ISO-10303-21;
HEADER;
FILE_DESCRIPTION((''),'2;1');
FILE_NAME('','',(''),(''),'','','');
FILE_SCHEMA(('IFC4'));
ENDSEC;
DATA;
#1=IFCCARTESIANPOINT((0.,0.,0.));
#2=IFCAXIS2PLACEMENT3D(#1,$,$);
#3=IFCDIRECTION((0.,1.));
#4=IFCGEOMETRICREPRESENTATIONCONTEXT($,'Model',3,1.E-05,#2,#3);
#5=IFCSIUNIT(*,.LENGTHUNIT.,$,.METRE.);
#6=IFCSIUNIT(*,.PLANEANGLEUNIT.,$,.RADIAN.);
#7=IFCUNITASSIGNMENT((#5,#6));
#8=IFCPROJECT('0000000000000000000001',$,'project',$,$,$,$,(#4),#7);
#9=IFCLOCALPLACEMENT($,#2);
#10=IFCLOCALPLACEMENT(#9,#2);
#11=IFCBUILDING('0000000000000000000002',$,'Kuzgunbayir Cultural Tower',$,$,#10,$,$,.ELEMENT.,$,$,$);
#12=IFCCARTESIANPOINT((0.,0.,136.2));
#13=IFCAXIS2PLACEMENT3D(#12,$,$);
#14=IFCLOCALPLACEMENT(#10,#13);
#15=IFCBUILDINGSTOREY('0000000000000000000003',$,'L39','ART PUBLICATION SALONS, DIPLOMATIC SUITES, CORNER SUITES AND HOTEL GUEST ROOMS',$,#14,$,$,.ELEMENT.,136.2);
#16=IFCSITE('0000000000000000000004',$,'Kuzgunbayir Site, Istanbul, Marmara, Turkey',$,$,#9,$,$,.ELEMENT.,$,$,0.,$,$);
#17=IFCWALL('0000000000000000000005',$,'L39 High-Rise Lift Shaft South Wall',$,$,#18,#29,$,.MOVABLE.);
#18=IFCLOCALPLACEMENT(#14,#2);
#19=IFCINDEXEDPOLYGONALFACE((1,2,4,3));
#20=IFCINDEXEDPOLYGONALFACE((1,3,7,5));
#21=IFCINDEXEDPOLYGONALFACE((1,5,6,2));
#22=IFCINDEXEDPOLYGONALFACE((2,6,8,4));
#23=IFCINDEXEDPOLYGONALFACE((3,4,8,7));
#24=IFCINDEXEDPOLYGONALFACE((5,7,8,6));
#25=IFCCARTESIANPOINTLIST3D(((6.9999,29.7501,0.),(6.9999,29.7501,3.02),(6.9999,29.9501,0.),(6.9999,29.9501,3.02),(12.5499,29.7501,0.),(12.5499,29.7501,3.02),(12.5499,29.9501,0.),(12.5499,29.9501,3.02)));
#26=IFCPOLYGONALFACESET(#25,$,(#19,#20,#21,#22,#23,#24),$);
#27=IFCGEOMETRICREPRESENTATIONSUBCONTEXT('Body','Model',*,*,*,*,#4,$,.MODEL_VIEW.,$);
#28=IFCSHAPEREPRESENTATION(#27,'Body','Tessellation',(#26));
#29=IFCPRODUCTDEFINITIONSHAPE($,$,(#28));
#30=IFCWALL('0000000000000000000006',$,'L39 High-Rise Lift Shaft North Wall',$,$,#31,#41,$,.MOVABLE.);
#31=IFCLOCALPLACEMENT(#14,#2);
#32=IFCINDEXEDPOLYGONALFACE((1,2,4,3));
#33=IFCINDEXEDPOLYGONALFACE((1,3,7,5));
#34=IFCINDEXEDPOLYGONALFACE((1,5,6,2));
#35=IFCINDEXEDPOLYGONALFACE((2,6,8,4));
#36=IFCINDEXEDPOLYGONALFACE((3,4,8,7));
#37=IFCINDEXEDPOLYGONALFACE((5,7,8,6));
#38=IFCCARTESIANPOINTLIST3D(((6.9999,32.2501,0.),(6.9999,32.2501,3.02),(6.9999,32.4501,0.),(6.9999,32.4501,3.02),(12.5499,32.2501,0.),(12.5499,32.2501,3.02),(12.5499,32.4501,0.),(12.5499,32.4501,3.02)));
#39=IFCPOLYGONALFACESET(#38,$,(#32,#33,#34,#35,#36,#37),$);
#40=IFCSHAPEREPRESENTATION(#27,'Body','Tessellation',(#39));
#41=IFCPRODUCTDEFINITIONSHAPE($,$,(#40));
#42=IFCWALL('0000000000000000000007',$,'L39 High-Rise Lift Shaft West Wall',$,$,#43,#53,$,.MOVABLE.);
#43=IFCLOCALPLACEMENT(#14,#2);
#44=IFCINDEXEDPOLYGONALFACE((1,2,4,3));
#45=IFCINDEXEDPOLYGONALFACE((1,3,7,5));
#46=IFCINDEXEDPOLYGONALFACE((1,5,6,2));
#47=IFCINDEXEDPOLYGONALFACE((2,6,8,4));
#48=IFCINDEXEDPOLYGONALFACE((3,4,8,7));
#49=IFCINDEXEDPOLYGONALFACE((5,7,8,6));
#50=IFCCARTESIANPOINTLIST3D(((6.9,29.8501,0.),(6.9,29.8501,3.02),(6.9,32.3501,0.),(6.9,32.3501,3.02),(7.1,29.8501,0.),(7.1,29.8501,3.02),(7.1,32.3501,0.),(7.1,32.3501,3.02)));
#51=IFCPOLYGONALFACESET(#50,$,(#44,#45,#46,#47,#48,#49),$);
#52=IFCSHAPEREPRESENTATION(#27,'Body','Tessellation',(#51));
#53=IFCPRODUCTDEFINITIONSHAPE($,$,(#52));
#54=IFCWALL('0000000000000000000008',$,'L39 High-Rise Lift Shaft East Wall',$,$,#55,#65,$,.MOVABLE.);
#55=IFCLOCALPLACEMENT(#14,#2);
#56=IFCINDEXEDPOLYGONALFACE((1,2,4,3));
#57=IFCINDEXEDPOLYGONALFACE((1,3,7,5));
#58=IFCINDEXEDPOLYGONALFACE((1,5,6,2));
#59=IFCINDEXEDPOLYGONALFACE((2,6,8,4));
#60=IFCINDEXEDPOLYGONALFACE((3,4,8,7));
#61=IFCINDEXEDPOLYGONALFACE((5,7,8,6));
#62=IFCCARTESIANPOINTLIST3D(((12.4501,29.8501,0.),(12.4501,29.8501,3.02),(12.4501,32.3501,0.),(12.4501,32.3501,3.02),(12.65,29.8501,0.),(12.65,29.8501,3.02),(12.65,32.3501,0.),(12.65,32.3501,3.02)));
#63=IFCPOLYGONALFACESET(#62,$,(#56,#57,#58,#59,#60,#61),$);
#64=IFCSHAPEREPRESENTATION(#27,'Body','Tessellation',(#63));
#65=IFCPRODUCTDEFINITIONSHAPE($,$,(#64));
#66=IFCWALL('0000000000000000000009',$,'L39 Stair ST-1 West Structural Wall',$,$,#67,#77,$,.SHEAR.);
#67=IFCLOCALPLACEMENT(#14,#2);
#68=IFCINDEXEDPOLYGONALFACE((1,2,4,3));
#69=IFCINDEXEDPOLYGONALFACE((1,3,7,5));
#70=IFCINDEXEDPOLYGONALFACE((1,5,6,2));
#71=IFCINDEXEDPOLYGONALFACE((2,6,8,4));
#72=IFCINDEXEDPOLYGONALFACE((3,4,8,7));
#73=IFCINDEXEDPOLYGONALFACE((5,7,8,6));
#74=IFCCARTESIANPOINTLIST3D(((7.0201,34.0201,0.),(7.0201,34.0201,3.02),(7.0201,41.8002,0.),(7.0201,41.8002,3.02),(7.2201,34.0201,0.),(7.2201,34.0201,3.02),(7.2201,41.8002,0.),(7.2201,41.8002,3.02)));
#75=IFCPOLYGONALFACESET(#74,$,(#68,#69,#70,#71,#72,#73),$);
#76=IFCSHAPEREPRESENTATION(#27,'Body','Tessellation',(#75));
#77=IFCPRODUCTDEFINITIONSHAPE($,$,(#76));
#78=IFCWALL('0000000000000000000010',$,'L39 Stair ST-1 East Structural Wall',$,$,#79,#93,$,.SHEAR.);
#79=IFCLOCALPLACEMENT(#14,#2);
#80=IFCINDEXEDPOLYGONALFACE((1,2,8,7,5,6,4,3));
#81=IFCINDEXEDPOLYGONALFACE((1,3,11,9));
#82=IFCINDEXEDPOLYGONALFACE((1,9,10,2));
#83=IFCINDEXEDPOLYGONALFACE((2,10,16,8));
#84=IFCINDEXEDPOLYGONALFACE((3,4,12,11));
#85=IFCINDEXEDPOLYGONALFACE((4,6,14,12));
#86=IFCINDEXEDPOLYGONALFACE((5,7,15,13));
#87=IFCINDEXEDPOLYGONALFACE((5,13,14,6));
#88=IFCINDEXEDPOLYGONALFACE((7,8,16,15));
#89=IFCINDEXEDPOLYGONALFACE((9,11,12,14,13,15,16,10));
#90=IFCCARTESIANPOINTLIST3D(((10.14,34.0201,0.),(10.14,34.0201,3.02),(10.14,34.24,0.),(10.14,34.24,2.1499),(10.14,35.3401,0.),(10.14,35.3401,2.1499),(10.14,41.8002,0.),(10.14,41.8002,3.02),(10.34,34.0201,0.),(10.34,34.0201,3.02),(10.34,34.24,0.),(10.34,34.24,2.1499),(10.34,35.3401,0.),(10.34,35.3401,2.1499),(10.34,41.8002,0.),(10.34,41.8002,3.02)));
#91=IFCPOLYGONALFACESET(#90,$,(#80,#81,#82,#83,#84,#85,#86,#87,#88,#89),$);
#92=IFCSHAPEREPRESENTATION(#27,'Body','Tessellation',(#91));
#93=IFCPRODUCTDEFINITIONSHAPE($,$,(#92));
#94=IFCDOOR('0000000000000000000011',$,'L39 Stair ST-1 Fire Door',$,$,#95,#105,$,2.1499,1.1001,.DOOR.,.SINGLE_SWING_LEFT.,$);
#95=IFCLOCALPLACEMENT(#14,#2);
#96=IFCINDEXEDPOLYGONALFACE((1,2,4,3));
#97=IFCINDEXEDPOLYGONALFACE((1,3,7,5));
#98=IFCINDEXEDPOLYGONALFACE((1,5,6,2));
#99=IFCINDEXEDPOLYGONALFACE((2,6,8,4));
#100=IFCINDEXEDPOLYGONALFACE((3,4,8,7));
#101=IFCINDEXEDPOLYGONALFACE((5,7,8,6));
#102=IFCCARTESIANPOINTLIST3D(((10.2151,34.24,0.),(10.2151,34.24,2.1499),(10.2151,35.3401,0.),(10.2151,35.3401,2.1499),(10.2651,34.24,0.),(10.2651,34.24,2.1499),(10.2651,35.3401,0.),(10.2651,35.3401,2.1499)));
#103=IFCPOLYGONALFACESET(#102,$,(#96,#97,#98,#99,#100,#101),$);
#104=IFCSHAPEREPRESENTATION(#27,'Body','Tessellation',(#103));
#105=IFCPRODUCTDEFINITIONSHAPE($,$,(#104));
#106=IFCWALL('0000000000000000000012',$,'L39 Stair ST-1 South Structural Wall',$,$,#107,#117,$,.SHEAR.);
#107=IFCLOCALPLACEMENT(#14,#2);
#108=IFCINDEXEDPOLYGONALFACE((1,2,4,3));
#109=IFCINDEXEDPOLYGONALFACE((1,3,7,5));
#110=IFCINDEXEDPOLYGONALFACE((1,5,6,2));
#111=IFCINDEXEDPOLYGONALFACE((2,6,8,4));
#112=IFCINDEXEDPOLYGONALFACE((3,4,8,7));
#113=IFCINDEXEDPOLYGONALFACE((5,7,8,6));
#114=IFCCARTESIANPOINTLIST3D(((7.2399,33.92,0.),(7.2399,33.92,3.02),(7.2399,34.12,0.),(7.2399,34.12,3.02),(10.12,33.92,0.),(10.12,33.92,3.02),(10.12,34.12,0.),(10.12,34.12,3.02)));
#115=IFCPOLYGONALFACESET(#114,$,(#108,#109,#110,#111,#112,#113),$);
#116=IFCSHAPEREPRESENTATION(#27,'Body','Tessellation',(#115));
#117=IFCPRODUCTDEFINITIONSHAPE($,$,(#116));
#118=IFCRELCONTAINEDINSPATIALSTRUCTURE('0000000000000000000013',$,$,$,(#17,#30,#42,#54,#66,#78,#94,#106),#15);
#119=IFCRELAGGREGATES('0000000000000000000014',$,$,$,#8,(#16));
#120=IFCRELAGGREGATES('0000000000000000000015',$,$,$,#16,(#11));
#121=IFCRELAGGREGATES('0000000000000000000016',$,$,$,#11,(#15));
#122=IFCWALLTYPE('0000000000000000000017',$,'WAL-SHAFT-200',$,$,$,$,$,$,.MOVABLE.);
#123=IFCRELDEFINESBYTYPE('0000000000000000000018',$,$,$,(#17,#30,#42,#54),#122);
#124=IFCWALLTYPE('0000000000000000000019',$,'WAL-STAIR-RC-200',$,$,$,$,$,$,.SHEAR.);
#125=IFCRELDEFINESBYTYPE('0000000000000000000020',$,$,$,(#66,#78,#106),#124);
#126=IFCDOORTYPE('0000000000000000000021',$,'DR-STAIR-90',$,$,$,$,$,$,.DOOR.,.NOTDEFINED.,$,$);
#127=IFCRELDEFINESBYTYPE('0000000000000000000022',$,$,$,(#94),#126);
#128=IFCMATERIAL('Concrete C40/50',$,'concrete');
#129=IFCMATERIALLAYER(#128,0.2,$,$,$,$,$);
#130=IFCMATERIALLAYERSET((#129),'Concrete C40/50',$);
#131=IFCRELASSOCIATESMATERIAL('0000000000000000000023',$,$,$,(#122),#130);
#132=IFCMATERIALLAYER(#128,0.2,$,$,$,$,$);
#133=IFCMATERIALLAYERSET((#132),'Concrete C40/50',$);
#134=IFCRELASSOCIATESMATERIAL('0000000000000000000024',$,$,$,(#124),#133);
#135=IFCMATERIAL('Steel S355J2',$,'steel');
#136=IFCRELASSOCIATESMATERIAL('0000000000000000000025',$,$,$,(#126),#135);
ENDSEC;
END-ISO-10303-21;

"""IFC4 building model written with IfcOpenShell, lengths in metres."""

from ifc_helpers import new_model, si_unit, direction, frame, frame_2d, origin, place, context, subcontext, project, spatial, rectangle, extrude, material, layer, layer_set, type_object, element, fill, save


model = new_model("IFC4")

# Units and contexts
model_context = context("Model", 3, precision=1e-05, world=origin(), true_north=direction((0.0, 1.0)))
body_context = subcontext(model_context, "Body", "Model", "MODEL_VIEW")
ifc_project = project(units=[si_unit("LENGTHUNIT", "METRE"), si_unit("PLANEANGLEUNIT", "RADIAN")], contexts=[model_context])

# Site, building, storey
site_placement = place(None, origin())
site = spatial("IfcSite", under=ifc_project, at=site_placement, Name="Kuzgunbayir Site, Istanbul, Marmara, Turkey", CompositionType="ELEMENT", RefElevation=0.0)
building_placement = place(site_placement, origin())
building = spatial("IfcBuilding", under=site, at=building_placement, Name="Kuzgunbayir Cultural Tower", CompositionType="ELEMENT")
storey_placement = place(building_placement, frame((0.0, 0.0, 136.2)))
storey = spatial("IfcBuildingStorey", under=building, at=storey_placement, Name="L39", Description="ART PUBLICATION SALONS, DIPLOMATIC SUITES, CORNER SUITES AND HOTEL GUEST ROOMS", CompositionType="ELEMENT", Elevation=136.2)

# Shared definitions
ifc_material_1 = material(Name="Steel S355J2", Category="steel")

# Walls
ifc_material_2 = material(Name="Concrete C40/50", Category="concrete")
ifc_layer_1 = layer(ifc_material_2, 0.2)
ifc_layer_set_1 = layer_set([ifc_layer_1], Name="Concrete C40/50")
wall_type_1 = type_object("IfcWallType", Name="WAL-SHAFT-200", PredefinedType="MOVABLE", material=ifc_layer_set_1)
for number, where, z_axis, x_axis, name in (
    (1, (7.0, 29.8501, 0.0), (0.0, 0.0, 1.0), (1.0, 0.0, 0.0), "L39 High-Rise Lift Shaft South Wall"),
    (2, (7.0, 32.3501, 0.0), (0.0, 0.0, 1.0), (1.0, 0.0, 0.0), "L39 High-Rise Lift Shaft North Wall"),
):
    element("IfcWall", number, at=place(storey_placement, frame(where, z_axis=z_axis, x_axis=x_axis)), inside=storey, type_object=wall_type_1, Name=name, PredefinedType="MOVABLE", context=body_context, shape_type="SweptSolid", body=[
        extrude(rectangle(XDim=5.55, YDim=0.2, at=frame_2d((2.7749, 0.0))), origin(), (0.0, 0.0, 1.0), 3.02),
    ])
for number, where, z_axis, x_axis, name in (
    (3, (7.0, 29.8501, 0.0), (0.0, 0.0, 1.0), (0.0, 1.0, 0.0), "L39 High-Rise Lift Shaft West Wall"),
    (4, (12.55, 29.8501, 0.0), (0.0, 0.0, 1.0), (0.0, 1.0, 0.0), "L39 High-Rise Lift Shaft East Wall"),
):
    element("IfcWall", number, at=place(storey_placement, frame(where, z_axis=z_axis, x_axis=x_axis)), inside=storey, type_object=wall_type_1, Name=name, PredefinedType="MOVABLE", context=body_context, shape_type="SweptSolid", body=[
        extrude(rectangle(XDim=2.5, YDim=0.2, at=frame_2d((1.25, 0.0))), origin(), (0.0, 0.0, 1.0), 3.02),
    ])
ifc_layer_2 = layer(ifc_material_2, 0.2)
ifc_layer_set_2 = layer_set([ifc_layer_2], Name="Concrete C40/50")
wall_type_2 = type_object("IfcWallType", Name="WAL-STAIR-RC-200", PredefinedType="SHEAR", material=ifc_layer_set_2)
wall_1_placement = place(storey_placement, frame((7.1201, 34.02, 0.0), z_axis=(0.0, 0.0, 1.0), x_axis=(0.0, 1.0, 0.0)))
element("IfcWall", 5, at=wall_1_placement, inside=storey, type_object=wall_type_2, Name="L39 Stair ST-1 West Structural Wall", PredefinedType="SHEAR", context=body_context, shape_type="SweptSolid", body=[
    extrude(rectangle(XDim=7.78, YDim=0.2, at=frame_2d((3.8901, 0.0))), origin(), (0.0, 0.0, 1.0), 3.02),
])

# Wall, opening, door
wall_2_placement = place(storey_placement, frame((10.24, 34.02, 0.0), z_axis=(0.0, 0.0, 1.0), x_axis=(0.0, 1.0, 0.0)))
wall_2 = element("IfcWall", 6, at=wall_2_placement, inside=storey, type_object=wall_type_2, Name="L39 Stair ST-1 East Structural Wall", PredefinedType="SHEAR", context=body_context, shape_type="SweptSolid", body=[
    extrude(rectangle(XDim=7.78, YDim=0.2, at=frame_2d((3.8901, 0.0))), origin(), (0.0, 0.0, 1.0), 3.02),
])
opening_1_placement = place(wall_2_placement, frame((0.22, 0.0, 0.0)))
opening_1 = element("IfcOpeningElement", 7, at=opening_1_placement, cuts=wall_2, PredefinedType="OPENING", context=body_context, shape_type="SweptSolid", body=[
    extrude(rectangle(XDim=1.1001, YDim=2.1499, at=frame_2d((0.55, 1.075))), frame((0.0, 0.1099, 0.0), z_axis=(0.0, -1.0, 0.0), x_axis=(1.0, 0.0, 0.0)), (0.0, 0.0, 1.0), 0.22),
])
door_type_1 = type_object("IfcDoorType", Name="DR-STAIR-90", OperationType="NOTDEFINED", PredefinedType="DOOR", material=ifc_material_1)
door_1_placement = place(opening_1_placement, origin())
door_1 = element("IfcDoor", 8, at=door_1_placement, inside=storey, type_object=door_type_1, Name="L39 Stair ST-1 Fire Door", OperationType="SINGLE_SWING_LEFT", OverallHeight=2.1499, OverallWidth=1.1001, PredefinedType="DOOR", context=body_context, shape_type="SweptSolid", body=[
    extrude(rectangle(XDim=1.1001, YDim=2.1499, at=frame_2d((0.55, 1.075))), frame((0.0, 0.0249, 0.0), z_axis=(0.0, -1.0, 0.0), x_axis=(1.0, 0.0, 0.0)), (0.0, 0.0, 1.0), 0.05),
])
fill(opening_1, door_1)

# Wall
wall_3_placement = place(storey_placement, frame((7.24, 34.02, 0.0), z_axis=(0.0, 0.0, 1.0), x_axis=(1.0, 0.0, 0.0)))
element("IfcWall", 9, at=wall_3_placement, inside=storey, type_object=wall_type_2, Name="L39 Stair ST-1 South Structural Wall", PredefinedType="SHEAR", context=body_context, shape_type="SweptSolid", body=[
    extrude(rectangle(XDim=2.8801, YDim=0.2, at=frame_2d((1.4399, 0.0))), origin(), (0.0, 0.0, 1.0), 3.02),
])

save(model, "model.ifc")
